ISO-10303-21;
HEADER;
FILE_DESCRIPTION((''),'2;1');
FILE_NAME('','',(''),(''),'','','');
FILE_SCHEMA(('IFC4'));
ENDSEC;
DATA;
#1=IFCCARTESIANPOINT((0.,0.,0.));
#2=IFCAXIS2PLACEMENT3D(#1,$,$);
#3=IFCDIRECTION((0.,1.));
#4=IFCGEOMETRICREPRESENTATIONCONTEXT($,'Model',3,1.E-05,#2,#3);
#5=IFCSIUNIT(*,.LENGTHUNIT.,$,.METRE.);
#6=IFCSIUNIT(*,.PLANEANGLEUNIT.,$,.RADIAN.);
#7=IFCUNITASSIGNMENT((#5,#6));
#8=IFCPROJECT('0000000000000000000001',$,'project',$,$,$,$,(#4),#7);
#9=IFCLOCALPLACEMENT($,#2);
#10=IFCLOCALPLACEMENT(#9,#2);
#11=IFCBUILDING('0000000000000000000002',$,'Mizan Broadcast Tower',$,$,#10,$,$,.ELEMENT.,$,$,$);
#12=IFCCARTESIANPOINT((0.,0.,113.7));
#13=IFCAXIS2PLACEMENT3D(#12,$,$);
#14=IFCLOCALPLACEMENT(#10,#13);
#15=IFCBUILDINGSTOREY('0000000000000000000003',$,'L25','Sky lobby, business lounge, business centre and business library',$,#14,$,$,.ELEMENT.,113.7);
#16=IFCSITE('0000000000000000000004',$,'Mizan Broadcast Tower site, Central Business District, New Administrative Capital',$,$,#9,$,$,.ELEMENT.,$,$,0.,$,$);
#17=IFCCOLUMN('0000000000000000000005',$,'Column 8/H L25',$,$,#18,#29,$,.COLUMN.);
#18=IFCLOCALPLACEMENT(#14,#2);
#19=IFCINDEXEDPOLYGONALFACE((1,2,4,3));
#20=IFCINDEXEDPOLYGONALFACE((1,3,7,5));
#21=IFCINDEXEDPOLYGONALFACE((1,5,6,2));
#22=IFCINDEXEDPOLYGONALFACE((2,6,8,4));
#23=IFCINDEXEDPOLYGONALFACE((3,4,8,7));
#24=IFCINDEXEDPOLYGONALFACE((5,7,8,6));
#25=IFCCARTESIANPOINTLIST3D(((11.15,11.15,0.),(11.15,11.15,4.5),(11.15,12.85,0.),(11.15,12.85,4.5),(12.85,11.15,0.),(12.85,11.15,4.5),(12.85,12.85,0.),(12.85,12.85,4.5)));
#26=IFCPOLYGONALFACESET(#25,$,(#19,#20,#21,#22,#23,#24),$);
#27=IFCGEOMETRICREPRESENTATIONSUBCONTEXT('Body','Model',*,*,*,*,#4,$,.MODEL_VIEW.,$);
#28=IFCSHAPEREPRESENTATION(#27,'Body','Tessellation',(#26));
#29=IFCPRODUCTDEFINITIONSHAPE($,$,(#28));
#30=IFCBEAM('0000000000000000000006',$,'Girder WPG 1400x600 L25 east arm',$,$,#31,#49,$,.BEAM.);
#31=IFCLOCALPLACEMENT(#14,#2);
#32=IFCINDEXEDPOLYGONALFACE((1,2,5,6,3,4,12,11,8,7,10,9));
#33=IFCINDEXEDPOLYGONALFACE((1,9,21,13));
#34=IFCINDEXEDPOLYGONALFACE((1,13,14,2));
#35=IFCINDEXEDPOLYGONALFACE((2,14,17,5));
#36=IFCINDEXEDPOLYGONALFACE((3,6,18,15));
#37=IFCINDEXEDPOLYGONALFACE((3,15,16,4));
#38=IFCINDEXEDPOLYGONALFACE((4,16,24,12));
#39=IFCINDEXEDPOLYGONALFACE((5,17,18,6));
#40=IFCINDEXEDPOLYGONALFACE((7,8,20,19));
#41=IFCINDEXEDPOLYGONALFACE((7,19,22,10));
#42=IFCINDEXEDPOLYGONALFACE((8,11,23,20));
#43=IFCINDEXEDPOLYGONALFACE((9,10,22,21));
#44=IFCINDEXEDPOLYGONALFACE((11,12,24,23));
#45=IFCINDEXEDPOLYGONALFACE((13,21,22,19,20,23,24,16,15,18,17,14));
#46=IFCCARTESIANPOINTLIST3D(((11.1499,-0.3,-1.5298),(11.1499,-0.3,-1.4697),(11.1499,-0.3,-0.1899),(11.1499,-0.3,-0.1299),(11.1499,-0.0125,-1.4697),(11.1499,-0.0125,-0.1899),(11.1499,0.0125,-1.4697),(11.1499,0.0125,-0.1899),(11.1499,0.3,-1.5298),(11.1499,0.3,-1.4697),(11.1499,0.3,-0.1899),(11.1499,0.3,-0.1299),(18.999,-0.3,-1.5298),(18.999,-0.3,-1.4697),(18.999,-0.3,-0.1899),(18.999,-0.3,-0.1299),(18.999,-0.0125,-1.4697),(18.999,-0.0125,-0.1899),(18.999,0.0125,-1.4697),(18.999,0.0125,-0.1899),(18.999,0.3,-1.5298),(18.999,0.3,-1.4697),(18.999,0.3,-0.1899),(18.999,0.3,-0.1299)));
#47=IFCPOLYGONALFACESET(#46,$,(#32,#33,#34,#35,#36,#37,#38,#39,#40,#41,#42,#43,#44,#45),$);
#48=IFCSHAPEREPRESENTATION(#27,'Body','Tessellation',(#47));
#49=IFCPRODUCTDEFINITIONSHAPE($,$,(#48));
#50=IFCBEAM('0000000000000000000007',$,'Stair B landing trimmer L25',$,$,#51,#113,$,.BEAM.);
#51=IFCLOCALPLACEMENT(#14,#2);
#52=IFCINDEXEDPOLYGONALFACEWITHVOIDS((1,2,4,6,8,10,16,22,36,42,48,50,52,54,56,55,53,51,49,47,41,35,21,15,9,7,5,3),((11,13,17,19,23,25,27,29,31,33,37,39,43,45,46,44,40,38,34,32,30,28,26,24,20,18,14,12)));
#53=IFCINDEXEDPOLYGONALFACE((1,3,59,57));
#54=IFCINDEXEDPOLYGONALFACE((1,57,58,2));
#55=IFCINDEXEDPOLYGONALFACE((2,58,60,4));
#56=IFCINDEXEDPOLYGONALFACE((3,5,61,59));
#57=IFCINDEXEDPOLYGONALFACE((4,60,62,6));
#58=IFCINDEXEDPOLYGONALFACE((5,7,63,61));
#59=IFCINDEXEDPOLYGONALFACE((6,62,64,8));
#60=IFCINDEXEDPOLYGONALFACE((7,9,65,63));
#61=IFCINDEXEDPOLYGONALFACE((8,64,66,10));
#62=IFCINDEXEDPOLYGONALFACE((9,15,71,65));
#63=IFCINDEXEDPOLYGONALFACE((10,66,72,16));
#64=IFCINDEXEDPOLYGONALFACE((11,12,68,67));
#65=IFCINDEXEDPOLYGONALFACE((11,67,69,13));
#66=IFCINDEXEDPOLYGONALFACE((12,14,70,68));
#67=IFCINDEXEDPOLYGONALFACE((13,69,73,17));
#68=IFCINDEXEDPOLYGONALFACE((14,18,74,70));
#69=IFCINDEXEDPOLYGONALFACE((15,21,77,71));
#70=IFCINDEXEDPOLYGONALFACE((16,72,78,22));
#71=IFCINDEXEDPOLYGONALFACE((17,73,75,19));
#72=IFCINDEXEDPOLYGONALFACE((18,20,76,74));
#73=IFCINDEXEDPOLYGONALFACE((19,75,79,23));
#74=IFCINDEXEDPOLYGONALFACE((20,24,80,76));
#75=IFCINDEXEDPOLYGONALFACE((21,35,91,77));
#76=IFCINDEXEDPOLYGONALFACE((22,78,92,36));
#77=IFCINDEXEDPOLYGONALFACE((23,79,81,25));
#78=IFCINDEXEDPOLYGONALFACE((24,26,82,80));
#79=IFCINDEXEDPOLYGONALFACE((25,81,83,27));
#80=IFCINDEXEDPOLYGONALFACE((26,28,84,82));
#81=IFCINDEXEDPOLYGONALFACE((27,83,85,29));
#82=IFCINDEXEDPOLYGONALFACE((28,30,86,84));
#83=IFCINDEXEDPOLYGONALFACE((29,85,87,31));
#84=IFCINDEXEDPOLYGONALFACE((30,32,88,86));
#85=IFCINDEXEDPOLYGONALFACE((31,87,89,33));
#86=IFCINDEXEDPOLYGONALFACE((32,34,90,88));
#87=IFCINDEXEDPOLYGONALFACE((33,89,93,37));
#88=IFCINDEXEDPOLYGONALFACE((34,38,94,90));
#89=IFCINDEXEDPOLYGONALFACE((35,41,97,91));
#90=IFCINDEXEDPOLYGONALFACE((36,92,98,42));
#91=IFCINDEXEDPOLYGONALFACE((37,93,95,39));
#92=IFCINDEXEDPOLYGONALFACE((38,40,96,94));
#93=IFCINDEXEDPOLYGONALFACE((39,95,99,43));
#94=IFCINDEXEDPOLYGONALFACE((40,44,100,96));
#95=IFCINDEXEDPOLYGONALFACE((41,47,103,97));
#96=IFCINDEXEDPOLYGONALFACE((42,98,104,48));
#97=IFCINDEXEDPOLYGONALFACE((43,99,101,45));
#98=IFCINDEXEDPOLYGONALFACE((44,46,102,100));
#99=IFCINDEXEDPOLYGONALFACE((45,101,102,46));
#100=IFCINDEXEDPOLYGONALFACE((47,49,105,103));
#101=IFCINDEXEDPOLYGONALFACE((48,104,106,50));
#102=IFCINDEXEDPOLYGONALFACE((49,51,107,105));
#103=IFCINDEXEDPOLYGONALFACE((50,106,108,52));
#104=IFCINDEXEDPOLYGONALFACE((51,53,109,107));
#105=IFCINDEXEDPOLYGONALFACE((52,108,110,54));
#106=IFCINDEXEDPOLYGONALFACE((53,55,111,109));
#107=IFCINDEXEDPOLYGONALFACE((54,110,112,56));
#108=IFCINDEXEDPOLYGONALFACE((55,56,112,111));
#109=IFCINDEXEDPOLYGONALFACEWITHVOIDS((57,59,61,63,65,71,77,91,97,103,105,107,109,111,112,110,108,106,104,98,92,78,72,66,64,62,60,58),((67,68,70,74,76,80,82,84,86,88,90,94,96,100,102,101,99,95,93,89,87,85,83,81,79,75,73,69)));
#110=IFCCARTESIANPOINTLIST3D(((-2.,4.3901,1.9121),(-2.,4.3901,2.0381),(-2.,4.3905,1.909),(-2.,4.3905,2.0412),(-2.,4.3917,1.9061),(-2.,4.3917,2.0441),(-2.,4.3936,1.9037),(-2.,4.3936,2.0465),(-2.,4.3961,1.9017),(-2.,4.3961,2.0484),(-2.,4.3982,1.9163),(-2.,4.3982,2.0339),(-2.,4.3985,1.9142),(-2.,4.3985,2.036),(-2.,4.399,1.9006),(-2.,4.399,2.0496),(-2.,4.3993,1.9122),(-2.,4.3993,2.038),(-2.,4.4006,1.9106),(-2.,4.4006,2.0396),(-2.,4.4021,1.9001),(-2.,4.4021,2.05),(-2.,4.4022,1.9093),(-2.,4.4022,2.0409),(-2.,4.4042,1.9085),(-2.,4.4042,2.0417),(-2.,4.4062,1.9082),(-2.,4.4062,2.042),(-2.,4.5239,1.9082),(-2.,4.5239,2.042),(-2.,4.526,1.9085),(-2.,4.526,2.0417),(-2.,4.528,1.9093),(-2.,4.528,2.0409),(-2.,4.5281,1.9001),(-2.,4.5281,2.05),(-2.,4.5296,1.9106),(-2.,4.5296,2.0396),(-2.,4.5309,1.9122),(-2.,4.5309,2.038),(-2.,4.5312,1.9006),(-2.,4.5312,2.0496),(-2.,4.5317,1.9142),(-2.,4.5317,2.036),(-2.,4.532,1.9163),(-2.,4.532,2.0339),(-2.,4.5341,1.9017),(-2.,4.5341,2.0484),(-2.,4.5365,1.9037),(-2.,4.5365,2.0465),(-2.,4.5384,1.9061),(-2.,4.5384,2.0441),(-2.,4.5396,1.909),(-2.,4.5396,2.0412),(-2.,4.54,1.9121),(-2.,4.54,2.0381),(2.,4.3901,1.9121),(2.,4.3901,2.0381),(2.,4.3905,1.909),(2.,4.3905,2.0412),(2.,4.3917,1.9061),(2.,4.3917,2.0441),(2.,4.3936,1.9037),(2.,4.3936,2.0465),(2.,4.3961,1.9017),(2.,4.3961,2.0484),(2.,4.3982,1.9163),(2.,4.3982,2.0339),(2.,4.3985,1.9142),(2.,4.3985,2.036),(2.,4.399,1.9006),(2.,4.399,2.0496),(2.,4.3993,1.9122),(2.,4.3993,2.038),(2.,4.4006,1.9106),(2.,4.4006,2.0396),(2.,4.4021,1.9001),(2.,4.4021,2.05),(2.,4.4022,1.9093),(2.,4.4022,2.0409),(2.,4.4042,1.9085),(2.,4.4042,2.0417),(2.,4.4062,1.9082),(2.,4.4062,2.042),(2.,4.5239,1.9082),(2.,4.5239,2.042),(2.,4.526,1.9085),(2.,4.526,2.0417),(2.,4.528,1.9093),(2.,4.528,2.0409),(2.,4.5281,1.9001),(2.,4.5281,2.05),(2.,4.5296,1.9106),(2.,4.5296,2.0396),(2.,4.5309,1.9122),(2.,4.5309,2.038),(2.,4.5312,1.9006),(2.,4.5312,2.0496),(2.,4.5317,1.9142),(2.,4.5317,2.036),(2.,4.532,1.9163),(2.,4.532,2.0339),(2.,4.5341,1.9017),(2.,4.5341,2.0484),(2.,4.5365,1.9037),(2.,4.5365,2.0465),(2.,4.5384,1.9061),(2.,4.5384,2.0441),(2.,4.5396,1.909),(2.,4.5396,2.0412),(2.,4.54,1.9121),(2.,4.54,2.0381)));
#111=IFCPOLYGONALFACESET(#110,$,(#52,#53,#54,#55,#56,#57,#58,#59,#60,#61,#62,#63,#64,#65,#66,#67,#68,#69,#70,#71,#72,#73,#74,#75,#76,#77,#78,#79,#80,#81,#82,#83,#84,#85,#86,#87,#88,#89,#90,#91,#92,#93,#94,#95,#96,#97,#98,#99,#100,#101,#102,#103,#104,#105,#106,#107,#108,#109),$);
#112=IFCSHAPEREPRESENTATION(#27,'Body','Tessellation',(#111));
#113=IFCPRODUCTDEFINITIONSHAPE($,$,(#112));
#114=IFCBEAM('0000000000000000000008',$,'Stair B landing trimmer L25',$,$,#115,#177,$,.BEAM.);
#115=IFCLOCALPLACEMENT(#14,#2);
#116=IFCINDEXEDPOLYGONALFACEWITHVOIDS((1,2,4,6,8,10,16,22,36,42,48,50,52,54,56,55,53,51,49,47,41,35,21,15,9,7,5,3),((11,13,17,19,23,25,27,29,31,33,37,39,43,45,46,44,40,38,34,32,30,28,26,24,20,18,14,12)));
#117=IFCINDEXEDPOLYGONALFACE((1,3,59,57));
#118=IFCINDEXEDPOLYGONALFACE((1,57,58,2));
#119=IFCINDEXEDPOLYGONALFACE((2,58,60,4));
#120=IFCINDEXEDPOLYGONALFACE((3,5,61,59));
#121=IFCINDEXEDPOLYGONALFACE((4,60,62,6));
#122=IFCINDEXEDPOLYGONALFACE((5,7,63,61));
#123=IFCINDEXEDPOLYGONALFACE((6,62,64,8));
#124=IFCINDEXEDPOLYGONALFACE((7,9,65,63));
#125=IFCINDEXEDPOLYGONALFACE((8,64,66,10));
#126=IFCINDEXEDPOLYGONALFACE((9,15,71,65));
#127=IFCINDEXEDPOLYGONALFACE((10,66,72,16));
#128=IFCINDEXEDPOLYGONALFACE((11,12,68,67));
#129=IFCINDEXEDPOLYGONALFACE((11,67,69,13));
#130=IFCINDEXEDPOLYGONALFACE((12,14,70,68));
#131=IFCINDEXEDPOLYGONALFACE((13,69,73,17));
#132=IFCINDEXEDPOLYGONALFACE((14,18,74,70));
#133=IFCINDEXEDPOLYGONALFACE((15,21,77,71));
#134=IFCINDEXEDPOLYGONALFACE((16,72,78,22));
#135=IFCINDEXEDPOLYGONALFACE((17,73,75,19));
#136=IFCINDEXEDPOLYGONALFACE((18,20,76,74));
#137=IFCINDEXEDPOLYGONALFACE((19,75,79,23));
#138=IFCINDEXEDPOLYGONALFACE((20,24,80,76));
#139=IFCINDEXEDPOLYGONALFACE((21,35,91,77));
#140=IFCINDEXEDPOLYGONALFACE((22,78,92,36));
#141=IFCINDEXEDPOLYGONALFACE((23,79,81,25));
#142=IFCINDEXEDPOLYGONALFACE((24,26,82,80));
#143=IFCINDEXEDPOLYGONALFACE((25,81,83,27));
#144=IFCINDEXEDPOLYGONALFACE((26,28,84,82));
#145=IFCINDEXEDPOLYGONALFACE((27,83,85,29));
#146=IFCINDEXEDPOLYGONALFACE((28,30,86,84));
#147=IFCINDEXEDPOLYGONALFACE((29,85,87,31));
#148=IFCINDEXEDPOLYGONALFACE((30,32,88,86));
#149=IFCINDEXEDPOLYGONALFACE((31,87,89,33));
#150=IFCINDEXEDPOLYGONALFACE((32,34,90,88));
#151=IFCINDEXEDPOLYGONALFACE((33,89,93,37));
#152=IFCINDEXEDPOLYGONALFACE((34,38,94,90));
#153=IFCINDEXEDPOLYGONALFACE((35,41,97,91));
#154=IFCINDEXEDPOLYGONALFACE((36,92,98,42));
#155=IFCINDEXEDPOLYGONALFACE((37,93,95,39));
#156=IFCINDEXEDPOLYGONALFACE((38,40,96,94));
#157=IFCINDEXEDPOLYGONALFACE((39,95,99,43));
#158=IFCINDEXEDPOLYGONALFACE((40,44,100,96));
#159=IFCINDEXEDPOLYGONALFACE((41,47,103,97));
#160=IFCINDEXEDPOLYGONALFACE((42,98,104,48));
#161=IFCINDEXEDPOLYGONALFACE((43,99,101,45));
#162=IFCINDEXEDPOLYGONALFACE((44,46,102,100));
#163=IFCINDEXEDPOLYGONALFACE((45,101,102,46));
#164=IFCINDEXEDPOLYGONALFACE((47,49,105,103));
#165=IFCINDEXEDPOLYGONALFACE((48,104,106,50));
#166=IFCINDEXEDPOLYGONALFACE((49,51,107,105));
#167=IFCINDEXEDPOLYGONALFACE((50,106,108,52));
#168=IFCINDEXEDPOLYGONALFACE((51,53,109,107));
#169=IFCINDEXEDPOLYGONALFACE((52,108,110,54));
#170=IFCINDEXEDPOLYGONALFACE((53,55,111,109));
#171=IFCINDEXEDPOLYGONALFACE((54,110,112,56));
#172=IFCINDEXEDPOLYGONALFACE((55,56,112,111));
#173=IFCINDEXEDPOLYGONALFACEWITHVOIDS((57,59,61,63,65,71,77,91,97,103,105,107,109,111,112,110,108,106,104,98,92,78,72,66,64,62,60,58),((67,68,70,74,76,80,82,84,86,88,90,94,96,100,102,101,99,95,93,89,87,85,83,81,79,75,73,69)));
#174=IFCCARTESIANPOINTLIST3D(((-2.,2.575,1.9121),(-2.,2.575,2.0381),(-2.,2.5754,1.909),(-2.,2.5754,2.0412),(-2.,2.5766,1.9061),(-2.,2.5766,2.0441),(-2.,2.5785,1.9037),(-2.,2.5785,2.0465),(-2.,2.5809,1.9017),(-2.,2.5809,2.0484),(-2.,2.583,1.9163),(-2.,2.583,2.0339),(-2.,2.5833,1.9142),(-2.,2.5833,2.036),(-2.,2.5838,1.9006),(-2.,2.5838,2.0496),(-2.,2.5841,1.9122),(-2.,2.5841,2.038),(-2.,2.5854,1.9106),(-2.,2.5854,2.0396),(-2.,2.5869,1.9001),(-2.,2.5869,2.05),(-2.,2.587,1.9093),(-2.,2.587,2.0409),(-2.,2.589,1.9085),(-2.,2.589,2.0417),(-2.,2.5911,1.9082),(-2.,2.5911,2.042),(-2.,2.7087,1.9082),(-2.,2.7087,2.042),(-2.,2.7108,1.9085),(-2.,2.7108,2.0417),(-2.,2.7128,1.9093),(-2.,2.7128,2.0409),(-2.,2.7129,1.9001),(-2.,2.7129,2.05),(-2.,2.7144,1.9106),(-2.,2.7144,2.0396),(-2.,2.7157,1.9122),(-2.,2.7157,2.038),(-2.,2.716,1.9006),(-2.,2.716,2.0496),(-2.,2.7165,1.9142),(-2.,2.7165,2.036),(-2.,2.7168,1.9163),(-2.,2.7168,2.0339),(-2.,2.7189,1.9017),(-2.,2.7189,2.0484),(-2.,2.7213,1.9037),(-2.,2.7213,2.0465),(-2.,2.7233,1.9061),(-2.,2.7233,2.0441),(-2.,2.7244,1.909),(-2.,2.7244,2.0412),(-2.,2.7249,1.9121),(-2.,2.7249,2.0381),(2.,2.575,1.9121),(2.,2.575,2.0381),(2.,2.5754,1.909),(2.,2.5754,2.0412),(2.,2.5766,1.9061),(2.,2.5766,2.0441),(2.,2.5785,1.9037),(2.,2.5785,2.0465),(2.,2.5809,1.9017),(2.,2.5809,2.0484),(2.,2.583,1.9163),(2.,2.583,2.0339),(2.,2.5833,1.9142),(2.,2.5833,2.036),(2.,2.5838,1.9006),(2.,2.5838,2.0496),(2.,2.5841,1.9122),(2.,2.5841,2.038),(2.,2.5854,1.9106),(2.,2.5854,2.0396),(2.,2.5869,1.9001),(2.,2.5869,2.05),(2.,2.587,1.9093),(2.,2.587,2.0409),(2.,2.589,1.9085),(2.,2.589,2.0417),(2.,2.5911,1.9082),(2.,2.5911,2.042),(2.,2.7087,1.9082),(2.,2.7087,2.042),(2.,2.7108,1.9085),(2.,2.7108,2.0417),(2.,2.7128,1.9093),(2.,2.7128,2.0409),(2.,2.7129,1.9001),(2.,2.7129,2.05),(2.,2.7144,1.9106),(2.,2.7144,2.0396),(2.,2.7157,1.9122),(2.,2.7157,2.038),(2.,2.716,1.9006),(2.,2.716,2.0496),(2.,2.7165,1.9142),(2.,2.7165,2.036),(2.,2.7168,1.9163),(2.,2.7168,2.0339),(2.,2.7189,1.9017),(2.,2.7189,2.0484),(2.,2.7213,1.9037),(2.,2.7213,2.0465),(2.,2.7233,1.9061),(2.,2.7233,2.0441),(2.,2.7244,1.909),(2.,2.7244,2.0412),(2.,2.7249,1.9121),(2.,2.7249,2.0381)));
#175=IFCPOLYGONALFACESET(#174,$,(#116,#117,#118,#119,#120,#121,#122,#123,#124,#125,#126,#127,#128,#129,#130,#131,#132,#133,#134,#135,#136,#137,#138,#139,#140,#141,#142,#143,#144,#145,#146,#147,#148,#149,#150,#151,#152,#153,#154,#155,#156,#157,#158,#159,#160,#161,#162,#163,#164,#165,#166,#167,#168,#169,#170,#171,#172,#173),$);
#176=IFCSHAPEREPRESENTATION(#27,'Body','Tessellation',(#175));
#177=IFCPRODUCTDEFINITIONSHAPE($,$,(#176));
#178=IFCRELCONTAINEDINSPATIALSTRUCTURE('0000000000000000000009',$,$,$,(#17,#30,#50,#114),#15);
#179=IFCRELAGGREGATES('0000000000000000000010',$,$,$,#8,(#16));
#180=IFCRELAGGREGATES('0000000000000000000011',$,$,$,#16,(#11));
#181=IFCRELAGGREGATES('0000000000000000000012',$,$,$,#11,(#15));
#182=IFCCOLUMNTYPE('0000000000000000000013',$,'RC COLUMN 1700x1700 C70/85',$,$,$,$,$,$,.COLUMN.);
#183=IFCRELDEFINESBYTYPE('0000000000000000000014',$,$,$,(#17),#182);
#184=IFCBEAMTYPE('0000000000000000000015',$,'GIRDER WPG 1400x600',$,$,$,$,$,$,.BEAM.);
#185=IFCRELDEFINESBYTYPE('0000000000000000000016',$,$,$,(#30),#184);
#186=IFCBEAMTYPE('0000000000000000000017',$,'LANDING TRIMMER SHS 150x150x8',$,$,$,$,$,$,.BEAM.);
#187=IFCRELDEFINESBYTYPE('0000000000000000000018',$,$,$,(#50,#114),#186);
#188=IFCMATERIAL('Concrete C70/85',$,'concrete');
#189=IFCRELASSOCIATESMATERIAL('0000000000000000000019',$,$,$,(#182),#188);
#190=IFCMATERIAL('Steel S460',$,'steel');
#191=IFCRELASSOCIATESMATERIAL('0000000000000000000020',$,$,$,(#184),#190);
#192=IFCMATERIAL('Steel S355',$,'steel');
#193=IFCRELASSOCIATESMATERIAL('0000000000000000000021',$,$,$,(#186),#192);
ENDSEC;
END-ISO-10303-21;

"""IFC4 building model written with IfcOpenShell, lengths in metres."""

from ifc_helpers import new_model, si_unit, direction, frame, origin, origin_2d, place, context, subcontext, project, spatial, rectangle, hollow_rectangle, i_section, extrude, material, material_profile, profile_set, type_object, element, save


model = new_model("IFC4")

# Units and contexts
model_context = context("Model", 3, precision=1e-05, world=origin(), true_north=direction((0.0, 1.0)))
body_context = subcontext(model_context, "Body", "Model", "MODEL_VIEW")
ifc_project = project(units=[si_unit("LENGTHUNIT", "METRE"), si_unit("PLANEANGLEUNIT", "RADIAN")], contexts=[model_context])

# Site, building, storey
site_placement = place(None, origin())
site = spatial("IfcSite", under=ifc_project, at=site_placement, Name="Mizan Broadcast Tower site, Central Business District, New Administrative Capital", CompositionType="ELEMENT", RefElevation=0.0)
building_placement = place(site_placement, origin())
building = spatial("IfcBuilding", under=site, at=building_placement, Name="Mizan Broadcast Tower", CompositionType="ELEMENT")
storey_placement = place(building_placement, frame((0.0, 0.0, 113.7)))
storey = spatial("IfcBuildingStorey", under=building, at=storey_placement, Name="L25", Description="Sky lobby, business lounge, business centre and business library", CompositionType="ELEMENT", Elevation=113.7)

# Column
ifc_material_1 = material(Name="Concrete C70/85", Category="concrete")
ifc_material_profile_1 = material_profile(ifc_material_1, rectangle(XDim=1.7, YDim=1.7, at=origin_2d()), Name="RC 1700x1700")
ifc_profile_set_1 = profile_set([ifc_material_profile_1], Name="Concrete C70/85")
column_type = type_object("IfcColumnType", Name="RC COLUMN 1700x1700 C70/85", PredefinedType="COLUMN", material=ifc_profile_set_1)
column_placement = place(storey_placement, frame((12.0, 12.0, 0.0), z_axis=(0.0, 0.0, 1.0), x_axis=(1.0, 0.0, 0.0)))
element("IfcColumn", 1, at=column_placement, inside=storey, type_object=column_type, Name="Column 8/H L25", PredefinedType="COLUMN", context=body_context, shape_type="SweptSolid", body=[
    extrude(rectangle(XDim=1.7, YDim=1.7, at=origin_2d()), origin(), (0.0, 0.0, 1.0), 4.5),
])

# Beams
ifc_material_2 = material(Name="Steel S460", Category="steel")
ifc_material_profile_2 = material_profile(ifc_material_2, i_section(OverallWidth=0.6001, OverallDepth=1.3999, WebThickness=0.0249, FlangeThickness=0.0601, at=origin_2d()), Name="WPG 1400x600")
ifc_profile_set_2 = profile_set([ifc_material_profile_2], Name="Steel S460")
beam_type_1 = type_object("IfcBeamType", Name="GIRDER WPG 1400x600", PredefinedType="BEAM", material=ifc_profile_set_2)
beam_placement = place(storey_placement, frame((11.1499, 0.0, -0.8298), z_axis=(1.0, 0.0, 0.0), x_axis=(0.0, 1.0, 0.0)))
element("IfcBeam", 2, at=beam_placement, inside=storey, type_object=beam_type_1, Name="Girder WPG 1400x600 L25 east arm", PredefinedType="BEAM", context=body_context, shape_type="SweptSolid", body=[
    extrude(i_section(OverallWidth=0.6001, OverallDepth=1.3999, WebThickness=0.0249, FlangeThickness=0.0601, at=origin_2d()), origin(), (0.0, 0.0, 1.0), 7.8491),
])
ifc_material_3 = material(Name="Steel S355", Category="steel")
ifc_material_profile_3 = material_profile(ifc_material_3, hollow_rectangle(XDim=0.1499, YDim=0.1499, WallThickness=0.0081, InnerFilletRadius=0.0081, OuterFilletRadius=0.012, at=origin_2d()), Name="SHS 150x150x8")
ifc_profile_set_3 = profile_set([ifc_material_profile_3], Name="Steel S355")
beam_type_2 = type_object("IfcBeamType", Name="LANDING TRIMMER SHS 150x150x8", PredefinedType="BEAM", material=ifc_profile_set_3)
for number, where, z_axis, x_axis, name in (
    (3, (2.0, 4.4651, 1.9751), (-1.0, 0.0, 0.0), (0.0, -1.0, 0.0), "Stair B landing trimmer L25"),
    (4, (2.0, 2.6499, 1.9751), (-1.0, 0.0, 0.0), (0.0, -1.0, 0.0), "Stair B landing trimmer L25"),
):
    element("IfcBeam", number, at=place(storey_placement, frame(where, z_axis=z_axis, x_axis=x_axis)), inside=storey, type_object=beam_type_2, Name=name, PredefinedType="BEAM", context=body_context, shape_type="SweptSolid", body=[
        extrude(hollow_rectangle(XDim=0.1499, YDim=0.1499, WallThickness=0.0081, InnerFilletRadius=0.0081, OuterFilletRadius=0.012, at=origin_2d()), origin(), (0.0, 0.0, 1.0), 4.0),
    ])

save(model, "model.ifc")
